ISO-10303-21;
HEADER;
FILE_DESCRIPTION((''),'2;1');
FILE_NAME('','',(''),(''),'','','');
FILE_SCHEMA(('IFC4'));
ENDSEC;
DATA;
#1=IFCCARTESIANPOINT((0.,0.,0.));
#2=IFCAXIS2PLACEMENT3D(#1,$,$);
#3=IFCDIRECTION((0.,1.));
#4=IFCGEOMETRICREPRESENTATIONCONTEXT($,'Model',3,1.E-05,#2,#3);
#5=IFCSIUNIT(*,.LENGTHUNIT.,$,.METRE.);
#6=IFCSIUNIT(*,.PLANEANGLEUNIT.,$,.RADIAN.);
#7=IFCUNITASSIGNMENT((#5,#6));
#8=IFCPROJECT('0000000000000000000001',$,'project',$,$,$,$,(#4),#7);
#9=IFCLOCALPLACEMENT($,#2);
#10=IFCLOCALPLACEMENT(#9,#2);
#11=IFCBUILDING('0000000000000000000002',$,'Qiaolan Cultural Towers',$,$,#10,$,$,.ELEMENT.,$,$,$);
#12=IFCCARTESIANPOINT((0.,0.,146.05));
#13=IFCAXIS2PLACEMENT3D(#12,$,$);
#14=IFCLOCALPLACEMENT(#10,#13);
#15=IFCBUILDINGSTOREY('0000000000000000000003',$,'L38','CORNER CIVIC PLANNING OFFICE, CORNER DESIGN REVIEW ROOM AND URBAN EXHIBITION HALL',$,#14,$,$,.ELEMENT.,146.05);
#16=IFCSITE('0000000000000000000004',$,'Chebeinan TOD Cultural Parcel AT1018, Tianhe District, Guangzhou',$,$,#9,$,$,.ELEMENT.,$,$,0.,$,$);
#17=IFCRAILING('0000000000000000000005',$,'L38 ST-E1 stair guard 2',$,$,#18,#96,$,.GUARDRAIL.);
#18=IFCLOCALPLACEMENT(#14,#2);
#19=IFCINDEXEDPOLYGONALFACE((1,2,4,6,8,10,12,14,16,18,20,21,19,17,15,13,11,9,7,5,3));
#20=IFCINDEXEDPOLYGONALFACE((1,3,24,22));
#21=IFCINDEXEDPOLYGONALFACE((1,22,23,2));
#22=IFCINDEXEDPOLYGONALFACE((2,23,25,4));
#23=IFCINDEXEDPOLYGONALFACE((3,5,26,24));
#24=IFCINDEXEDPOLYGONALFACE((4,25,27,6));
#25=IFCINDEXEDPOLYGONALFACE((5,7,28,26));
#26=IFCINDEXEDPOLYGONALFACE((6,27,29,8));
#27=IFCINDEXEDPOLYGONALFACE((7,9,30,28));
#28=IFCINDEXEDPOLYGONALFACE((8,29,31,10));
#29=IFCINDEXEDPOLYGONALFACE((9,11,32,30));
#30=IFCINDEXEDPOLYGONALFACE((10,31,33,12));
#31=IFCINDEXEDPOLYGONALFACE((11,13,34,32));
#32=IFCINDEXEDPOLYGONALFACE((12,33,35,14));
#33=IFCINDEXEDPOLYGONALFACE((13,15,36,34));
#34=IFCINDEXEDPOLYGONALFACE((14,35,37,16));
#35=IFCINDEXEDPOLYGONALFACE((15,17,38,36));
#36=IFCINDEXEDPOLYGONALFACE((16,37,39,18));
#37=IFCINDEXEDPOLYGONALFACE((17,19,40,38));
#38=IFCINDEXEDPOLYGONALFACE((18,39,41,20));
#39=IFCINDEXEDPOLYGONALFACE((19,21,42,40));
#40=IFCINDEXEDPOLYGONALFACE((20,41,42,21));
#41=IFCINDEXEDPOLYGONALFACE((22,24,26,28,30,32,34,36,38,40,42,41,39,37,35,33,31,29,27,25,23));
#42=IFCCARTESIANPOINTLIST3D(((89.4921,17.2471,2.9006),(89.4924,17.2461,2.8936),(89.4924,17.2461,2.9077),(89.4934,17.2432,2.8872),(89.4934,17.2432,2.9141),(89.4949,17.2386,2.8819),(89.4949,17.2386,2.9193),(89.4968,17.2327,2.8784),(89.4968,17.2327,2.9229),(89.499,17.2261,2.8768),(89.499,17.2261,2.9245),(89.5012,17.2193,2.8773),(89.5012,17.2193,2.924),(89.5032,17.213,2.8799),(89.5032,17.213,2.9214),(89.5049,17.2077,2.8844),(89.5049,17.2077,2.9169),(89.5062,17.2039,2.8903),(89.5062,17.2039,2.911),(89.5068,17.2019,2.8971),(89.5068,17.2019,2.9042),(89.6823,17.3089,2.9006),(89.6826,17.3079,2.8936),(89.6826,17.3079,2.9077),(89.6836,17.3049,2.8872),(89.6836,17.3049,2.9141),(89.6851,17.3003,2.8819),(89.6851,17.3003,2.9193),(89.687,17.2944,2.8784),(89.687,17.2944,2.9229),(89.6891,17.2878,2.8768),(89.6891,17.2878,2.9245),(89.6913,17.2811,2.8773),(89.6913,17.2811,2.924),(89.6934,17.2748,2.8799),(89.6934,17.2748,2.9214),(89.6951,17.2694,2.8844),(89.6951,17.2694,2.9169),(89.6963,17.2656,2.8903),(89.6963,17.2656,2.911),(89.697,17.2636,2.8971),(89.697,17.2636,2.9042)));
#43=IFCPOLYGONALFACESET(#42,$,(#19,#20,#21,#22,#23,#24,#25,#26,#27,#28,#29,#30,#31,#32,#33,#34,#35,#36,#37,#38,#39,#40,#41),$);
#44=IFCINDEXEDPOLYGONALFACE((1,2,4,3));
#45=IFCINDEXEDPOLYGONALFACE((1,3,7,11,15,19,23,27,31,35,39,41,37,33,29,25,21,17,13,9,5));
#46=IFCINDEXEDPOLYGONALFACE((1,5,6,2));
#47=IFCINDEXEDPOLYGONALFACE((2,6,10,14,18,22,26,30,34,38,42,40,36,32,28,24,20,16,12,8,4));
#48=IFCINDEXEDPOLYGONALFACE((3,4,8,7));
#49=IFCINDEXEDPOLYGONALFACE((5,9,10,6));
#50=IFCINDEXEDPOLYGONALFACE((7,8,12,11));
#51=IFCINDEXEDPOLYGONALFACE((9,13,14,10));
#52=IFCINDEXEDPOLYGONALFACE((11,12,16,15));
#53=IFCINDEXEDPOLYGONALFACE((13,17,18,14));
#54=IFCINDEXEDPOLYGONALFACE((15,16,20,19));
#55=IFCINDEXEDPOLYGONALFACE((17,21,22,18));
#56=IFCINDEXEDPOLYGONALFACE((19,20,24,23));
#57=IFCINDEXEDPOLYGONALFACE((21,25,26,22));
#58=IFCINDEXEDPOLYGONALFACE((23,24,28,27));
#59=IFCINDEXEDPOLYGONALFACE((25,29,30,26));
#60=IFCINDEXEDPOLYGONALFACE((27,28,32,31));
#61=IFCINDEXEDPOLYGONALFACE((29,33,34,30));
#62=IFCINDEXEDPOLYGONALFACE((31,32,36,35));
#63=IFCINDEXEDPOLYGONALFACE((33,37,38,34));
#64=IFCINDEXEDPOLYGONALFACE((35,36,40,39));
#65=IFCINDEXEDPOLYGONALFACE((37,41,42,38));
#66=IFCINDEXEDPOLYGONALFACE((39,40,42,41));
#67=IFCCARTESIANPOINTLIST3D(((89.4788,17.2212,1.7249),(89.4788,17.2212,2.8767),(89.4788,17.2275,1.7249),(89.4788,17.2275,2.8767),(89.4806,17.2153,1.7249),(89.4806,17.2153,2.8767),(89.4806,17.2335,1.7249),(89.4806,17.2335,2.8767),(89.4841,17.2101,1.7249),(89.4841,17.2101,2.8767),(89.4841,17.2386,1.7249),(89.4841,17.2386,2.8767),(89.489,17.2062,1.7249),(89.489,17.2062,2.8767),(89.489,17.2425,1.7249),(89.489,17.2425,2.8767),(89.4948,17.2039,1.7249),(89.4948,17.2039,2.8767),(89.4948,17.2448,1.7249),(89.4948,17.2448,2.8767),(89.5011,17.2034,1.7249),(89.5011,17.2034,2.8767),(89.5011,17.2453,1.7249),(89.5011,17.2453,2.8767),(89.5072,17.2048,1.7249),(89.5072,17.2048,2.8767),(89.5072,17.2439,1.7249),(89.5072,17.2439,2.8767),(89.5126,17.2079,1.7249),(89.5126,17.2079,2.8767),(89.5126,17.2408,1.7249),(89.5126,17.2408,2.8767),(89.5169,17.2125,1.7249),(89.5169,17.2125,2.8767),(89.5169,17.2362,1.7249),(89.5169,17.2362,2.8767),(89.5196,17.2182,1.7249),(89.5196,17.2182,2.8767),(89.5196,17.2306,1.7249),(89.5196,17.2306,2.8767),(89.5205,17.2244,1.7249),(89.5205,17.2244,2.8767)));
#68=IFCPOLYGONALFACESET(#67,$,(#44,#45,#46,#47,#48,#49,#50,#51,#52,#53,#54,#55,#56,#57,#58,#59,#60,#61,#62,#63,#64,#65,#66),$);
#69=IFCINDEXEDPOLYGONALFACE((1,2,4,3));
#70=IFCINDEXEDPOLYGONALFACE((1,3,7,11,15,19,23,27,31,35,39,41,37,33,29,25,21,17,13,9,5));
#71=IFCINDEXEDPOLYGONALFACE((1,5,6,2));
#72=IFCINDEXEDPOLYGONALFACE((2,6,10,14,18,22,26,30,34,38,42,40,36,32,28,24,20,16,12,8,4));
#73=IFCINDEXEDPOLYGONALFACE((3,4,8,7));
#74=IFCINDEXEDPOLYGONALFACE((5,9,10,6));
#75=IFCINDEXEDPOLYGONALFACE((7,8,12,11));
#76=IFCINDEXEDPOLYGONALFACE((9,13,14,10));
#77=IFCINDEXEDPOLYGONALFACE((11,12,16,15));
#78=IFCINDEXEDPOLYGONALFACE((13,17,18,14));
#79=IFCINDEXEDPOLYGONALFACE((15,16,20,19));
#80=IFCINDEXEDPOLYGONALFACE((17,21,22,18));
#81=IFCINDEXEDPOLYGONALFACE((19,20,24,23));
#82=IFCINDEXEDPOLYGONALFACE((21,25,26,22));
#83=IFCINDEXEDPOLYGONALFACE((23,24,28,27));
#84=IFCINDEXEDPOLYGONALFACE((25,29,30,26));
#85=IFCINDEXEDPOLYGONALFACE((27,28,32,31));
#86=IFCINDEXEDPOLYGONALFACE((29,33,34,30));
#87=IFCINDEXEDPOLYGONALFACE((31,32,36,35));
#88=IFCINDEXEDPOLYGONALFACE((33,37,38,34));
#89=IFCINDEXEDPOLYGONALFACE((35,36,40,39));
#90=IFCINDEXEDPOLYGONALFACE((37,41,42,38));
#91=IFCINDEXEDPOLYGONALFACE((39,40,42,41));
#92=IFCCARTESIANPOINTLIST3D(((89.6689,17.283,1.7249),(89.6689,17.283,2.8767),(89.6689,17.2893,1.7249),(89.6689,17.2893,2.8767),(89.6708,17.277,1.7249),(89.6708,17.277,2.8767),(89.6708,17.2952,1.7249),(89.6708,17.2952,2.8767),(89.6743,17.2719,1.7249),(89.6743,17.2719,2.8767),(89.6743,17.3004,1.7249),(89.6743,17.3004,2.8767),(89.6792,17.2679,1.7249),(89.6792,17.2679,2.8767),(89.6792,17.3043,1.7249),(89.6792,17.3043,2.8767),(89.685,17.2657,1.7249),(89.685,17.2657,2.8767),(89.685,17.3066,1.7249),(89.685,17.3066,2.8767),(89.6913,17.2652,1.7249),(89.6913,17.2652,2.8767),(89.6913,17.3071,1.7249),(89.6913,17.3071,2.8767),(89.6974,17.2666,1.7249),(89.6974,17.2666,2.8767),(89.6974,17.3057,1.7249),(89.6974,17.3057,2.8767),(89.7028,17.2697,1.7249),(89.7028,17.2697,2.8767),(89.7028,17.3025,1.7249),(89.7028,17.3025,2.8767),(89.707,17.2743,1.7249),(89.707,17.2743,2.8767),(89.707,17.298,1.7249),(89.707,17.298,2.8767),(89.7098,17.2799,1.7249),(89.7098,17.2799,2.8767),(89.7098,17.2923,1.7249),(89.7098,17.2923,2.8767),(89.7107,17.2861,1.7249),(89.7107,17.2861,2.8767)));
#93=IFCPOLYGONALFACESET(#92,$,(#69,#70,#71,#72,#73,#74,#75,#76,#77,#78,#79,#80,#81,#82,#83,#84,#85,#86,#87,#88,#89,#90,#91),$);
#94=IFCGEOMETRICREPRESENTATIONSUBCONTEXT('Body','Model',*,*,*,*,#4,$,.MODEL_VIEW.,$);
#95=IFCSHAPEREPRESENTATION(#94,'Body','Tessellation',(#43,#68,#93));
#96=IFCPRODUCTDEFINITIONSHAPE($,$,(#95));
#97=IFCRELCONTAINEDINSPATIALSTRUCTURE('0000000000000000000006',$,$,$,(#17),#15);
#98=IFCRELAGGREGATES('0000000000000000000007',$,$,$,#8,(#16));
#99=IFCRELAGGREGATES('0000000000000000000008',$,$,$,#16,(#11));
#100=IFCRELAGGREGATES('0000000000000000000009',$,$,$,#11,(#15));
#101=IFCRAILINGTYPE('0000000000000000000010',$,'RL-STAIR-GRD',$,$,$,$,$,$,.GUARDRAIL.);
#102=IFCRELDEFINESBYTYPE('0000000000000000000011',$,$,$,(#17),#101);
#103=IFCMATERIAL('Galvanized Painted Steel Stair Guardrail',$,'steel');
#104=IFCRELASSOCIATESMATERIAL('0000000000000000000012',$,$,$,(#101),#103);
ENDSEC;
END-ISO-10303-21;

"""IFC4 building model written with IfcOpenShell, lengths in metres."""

from ifc_helpers import new_model, si_unit, direction, frame, origin, origin_2d, place, context, subcontext, project, spatial, circle, extrude, material, type_object, element, save


model = new_model("IFC4")

# Units and contexts
model_context = context("Model", 3, precision=1e-05, world=origin(), true_north=direction((0.0, 1.0)))
body_context = subcontext(model_context, "Body", "Model", "MODEL_VIEW")
ifc_project = project(units=[si_unit("LENGTHUNIT", "METRE"), si_unit("PLANEANGLEUNIT", "RADIAN")], contexts=[model_context])

# Site, building, storey
site_placement = place(None, origin())
site = spatial("IfcSite", under=ifc_project, at=site_placement, Name="Chebeinan TOD Cultural Parcel AT1018, Tianhe District, Guangzhou", CompositionType="ELEMENT", RefElevation=0.0)
building_placement = place(site_placement, origin())
building = spatial("IfcBuilding", under=site, at=building_placement, Name="Qiaolan Cultural Towers", CompositionType="ELEMENT")
storey_placement = place(building_placement, frame((0.0, 0.0, 146.05)))
storey = spatial("IfcBuildingStorey", under=building, at=storey_placement, Name="L38", Description="CORNER CIVIC PLANNING OFFICE, CORNER DESIGN REVIEW ROOM AND URBAN EXHIBITION HALL", CompositionType="ELEMENT", Elevation=146.05)

# Railing
ifc_material_1 = material(Name="Galvanized Painted Steel Stair Guardrail", Category="steel")
railing_type_1 = type_object("IfcRailingType", Name="RL-STAIR-GRD", PredefinedType="GUARDRAIL", material=ifc_material_1)
railing_1_placement = place(storey_placement, frame((89.4995, 17.2244, 1.7249)))
element("IfcRailing", 1, at=railing_1_placement, inside=storey, type_object=railing_type_1, Name="L38 ST-E1 stair guard 2", PredefinedType="GUARDRAIL", context=body_context, shape_type="SweptSolid", body=[
    extrude(circle(Radius=0.0239, at=origin_2d()), frame((0.0, 0.0, 1.1758), z_axis=(0.951097, 0.308893, 0.0), x_axis=(-0.308893, 0.951097, 0.0)), (0.0, 0.0, 1.0), 0.2),
    extrude(circle(Radius=0.021, at=origin_2d()), origin(), (0.0, 0.0, 1.0), 1.1519),
    extrude(circle(Radius=0.021, at=origin_2d()), frame((0.1902, 0.0618, 0.0)), (0.0, 0.0, 1.0), 1.1519),
])

save(model, "model.ifc")
